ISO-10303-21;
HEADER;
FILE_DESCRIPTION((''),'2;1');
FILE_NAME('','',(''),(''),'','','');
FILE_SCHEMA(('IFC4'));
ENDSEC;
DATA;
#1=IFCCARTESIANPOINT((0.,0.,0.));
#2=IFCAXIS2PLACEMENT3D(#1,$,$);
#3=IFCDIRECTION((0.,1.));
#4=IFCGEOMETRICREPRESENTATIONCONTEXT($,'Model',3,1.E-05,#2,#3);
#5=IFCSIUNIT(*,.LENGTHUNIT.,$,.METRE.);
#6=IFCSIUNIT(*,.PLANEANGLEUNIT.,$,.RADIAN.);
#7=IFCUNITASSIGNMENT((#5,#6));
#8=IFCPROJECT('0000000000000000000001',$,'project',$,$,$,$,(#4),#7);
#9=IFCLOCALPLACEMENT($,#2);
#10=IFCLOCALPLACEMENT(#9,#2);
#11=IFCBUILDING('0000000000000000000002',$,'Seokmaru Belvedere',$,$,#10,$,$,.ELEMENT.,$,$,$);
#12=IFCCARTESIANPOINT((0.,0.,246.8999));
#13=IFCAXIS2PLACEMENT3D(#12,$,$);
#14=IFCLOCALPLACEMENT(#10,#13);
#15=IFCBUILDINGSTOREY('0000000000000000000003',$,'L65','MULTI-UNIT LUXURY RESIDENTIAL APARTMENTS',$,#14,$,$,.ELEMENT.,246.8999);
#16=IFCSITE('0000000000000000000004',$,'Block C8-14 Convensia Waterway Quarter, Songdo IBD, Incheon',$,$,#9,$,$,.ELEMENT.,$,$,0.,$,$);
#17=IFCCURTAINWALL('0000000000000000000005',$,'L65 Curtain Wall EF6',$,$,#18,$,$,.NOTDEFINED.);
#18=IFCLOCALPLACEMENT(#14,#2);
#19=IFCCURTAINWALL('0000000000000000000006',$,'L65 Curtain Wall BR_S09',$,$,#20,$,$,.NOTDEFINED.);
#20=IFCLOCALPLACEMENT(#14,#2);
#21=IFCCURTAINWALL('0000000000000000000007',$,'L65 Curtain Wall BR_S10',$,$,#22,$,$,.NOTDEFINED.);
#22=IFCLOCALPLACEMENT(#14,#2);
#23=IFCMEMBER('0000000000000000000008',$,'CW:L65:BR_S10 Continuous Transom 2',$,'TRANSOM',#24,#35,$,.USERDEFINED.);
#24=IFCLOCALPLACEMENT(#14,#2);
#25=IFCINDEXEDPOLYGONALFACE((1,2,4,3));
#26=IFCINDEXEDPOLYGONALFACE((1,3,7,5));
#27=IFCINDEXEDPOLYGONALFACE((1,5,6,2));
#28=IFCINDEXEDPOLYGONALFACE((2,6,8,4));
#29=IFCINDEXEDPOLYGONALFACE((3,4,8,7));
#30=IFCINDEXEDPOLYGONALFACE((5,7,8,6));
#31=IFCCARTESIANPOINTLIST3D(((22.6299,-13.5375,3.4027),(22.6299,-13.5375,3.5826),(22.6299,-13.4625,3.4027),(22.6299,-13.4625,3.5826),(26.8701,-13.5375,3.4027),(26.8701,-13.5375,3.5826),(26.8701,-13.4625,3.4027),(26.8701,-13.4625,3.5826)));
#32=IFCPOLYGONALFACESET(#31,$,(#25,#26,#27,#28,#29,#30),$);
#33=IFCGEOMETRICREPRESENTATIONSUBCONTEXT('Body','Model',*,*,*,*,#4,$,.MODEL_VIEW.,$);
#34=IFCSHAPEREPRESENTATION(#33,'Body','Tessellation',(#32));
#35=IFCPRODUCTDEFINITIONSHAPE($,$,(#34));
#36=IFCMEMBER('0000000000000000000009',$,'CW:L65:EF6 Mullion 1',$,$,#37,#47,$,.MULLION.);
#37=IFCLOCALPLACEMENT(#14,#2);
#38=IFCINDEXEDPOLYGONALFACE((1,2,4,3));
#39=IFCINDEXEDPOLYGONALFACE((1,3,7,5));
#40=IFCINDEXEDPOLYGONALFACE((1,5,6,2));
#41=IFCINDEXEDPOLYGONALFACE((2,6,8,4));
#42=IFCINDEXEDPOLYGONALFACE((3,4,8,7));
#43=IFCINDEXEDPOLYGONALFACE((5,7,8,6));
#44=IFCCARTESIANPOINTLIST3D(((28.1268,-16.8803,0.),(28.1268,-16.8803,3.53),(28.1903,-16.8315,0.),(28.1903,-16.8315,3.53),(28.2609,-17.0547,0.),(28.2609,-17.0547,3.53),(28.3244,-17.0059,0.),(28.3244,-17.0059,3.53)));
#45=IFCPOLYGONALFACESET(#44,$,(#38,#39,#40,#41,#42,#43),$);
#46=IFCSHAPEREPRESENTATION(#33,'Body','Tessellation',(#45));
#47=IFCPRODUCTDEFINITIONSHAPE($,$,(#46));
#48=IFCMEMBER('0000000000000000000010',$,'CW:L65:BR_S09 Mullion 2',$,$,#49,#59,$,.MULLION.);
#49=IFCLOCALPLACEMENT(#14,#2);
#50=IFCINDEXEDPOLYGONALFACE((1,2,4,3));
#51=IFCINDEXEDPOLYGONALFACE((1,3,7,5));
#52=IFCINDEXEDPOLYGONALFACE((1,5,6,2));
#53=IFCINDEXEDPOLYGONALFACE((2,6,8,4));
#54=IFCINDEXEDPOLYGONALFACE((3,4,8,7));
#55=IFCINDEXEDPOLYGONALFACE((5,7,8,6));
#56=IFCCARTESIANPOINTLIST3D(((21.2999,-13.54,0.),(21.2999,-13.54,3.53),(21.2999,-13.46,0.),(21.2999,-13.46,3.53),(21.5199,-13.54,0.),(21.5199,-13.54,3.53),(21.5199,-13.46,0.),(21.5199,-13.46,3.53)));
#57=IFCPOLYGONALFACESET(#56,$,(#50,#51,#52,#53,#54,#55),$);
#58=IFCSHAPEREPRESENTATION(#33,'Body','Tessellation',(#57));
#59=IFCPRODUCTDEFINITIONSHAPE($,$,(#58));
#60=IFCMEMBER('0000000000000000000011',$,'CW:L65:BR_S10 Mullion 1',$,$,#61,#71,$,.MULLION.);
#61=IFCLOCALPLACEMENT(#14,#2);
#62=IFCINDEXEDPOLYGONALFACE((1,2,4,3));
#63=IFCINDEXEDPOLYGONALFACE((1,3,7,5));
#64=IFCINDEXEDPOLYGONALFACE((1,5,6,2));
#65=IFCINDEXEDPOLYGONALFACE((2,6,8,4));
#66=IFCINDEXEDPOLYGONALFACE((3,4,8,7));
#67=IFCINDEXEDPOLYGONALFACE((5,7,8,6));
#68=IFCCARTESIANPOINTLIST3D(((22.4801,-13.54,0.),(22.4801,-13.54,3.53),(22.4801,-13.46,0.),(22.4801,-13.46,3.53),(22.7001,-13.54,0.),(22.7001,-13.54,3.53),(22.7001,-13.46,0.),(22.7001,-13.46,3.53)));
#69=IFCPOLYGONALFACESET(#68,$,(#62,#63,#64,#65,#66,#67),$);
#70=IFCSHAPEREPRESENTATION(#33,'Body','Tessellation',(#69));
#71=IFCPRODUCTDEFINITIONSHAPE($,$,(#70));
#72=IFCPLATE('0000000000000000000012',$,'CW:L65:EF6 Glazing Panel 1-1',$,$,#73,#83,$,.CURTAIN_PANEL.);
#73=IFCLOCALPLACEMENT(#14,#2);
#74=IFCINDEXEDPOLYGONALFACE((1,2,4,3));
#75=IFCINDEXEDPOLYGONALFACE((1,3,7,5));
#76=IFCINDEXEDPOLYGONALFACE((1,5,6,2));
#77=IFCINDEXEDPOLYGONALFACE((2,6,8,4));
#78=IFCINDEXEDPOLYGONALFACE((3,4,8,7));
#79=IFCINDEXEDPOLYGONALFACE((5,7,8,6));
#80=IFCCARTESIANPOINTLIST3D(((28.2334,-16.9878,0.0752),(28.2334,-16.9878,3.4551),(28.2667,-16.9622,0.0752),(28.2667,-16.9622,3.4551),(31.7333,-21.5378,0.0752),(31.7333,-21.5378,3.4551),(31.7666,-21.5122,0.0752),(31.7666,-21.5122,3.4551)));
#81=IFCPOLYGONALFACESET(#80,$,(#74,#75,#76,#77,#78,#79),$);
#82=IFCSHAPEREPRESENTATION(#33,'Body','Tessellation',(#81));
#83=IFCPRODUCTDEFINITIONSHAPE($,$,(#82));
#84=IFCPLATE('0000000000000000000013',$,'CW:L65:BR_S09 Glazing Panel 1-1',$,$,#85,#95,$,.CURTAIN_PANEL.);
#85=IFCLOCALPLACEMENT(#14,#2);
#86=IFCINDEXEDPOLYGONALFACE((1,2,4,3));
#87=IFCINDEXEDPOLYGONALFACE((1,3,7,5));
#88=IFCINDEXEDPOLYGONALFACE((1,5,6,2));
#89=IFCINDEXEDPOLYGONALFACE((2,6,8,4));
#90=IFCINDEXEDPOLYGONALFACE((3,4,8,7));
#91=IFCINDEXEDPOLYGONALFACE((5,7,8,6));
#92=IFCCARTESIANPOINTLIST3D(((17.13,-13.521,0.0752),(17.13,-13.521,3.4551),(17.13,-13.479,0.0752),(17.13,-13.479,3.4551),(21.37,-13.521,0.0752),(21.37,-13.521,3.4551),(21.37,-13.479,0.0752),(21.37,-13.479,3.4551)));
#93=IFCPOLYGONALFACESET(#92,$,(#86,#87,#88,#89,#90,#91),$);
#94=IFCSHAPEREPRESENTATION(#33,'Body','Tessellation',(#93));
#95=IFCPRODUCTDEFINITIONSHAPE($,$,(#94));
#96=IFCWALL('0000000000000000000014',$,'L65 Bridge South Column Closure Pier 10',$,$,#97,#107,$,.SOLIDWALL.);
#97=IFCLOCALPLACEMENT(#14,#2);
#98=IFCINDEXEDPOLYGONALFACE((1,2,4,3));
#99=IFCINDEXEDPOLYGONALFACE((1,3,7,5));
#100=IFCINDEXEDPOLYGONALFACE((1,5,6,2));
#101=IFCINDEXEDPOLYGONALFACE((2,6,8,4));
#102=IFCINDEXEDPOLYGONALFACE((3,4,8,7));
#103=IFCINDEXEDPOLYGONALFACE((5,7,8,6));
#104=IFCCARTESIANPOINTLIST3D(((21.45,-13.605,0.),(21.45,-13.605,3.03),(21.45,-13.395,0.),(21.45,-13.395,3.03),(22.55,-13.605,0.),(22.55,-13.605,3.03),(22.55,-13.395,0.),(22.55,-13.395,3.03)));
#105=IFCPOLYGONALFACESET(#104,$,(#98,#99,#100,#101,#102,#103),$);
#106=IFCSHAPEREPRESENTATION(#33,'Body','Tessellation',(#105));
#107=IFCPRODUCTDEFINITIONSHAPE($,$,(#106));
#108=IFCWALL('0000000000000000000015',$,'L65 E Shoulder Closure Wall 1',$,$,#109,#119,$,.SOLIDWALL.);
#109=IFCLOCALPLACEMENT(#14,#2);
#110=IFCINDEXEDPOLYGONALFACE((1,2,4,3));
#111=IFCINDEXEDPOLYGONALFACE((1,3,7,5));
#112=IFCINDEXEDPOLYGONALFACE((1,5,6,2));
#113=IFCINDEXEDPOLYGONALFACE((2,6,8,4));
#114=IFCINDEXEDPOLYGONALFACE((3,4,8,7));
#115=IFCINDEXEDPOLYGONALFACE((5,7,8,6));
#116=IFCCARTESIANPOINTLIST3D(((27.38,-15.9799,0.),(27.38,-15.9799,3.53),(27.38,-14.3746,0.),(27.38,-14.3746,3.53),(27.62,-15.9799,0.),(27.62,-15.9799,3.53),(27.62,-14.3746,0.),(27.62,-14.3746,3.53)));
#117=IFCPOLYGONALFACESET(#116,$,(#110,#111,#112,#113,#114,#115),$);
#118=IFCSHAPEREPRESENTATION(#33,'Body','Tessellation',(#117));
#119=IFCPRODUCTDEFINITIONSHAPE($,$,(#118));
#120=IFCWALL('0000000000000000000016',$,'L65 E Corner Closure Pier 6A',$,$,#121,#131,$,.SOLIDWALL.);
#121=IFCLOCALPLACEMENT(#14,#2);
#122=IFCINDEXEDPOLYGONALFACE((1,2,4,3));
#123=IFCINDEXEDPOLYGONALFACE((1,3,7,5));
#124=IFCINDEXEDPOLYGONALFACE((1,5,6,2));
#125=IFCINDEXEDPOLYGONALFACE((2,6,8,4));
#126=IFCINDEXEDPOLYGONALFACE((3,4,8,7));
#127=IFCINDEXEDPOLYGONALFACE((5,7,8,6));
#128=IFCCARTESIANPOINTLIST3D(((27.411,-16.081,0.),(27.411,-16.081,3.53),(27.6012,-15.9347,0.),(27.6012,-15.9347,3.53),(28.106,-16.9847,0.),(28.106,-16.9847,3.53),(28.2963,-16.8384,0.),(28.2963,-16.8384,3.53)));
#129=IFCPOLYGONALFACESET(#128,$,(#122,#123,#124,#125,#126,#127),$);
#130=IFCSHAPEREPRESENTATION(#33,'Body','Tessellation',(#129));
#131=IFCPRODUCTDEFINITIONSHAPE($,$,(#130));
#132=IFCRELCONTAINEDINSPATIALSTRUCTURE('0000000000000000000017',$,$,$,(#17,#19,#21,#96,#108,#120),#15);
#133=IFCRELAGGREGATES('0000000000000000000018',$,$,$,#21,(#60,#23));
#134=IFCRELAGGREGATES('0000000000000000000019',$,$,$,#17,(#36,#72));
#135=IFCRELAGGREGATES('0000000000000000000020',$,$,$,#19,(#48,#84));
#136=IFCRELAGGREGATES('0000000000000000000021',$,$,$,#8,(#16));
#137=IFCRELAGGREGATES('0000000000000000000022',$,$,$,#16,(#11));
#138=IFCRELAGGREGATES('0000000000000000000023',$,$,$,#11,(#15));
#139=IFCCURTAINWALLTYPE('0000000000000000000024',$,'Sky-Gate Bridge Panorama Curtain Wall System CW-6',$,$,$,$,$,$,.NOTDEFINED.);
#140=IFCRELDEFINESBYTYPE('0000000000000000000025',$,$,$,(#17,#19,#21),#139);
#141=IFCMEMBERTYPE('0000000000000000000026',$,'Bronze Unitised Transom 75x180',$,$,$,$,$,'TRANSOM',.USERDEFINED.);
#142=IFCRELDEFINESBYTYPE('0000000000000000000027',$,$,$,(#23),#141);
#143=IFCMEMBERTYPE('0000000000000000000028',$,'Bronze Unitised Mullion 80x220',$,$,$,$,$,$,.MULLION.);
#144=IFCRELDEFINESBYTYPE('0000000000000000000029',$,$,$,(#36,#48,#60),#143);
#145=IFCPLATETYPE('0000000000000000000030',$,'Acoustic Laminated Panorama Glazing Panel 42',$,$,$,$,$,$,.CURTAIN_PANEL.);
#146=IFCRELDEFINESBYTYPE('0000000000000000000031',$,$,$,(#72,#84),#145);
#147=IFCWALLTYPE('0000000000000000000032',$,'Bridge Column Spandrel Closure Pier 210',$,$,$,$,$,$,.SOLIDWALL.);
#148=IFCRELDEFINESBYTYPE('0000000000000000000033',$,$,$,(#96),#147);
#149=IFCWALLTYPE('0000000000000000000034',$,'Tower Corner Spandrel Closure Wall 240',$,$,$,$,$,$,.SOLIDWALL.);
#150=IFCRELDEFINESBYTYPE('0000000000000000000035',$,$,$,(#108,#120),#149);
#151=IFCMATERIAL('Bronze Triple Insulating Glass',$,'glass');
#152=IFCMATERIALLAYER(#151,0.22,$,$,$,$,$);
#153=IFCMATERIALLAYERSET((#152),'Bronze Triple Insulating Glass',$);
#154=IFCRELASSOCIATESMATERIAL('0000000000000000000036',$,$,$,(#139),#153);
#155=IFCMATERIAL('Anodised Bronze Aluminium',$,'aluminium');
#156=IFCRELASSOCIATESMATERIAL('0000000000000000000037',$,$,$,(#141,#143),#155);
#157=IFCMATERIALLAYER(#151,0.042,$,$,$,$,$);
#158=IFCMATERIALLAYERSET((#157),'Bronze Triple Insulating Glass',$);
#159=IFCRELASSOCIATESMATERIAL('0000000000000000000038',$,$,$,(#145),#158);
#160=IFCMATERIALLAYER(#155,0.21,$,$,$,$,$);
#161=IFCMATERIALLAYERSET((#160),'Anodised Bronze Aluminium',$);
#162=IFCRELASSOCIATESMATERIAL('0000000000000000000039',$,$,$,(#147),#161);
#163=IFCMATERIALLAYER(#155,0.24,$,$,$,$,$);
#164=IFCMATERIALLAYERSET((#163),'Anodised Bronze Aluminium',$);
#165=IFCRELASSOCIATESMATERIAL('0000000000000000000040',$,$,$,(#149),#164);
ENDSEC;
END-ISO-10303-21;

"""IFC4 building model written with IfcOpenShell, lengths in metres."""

from ifc_helpers import new_model, si_unit, direction, frame, frame_2d, origin, origin_2d, place, context, subcontext, project, spatial, rectangle, extrude, source, transform, mapped, material, layer, layer_set, material_profile, profile_set, type_object, type_shapes, element, aggregate, save


model = new_model("IFC4")

# Units and contexts
model_context = context("Model", 3, precision=1e-05, world=origin(), true_north=direction((0.0, 1.0)))
body_context = subcontext(model_context, "Body", "Model", "MODEL_VIEW")
ifc_project = project(units=[si_unit("LENGTHUNIT", "METRE"), si_unit("PLANEANGLEUNIT", "RADIAN")], contexts=[model_context])

# Site, building, storey
site_placement = place(None, origin())
site = spatial("IfcSite", under=ifc_project, at=site_placement, Name="Block C8-14 Convensia Waterway Quarter, Songdo IBD, Incheon", CompositionType="ELEMENT", RefElevation=0.0)
building_placement = place(site_placement, origin())
building = spatial("IfcBuilding", under=site, at=building_placement, Name="Seokmaru Belvedere", CompositionType="ELEMENT")
storey_placement = place(building_placement, frame((0.0, 0.0, 246.8999)))
storey = spatial("IfcBuildingStorey", under=building, at=storey_placement, Name="L65", Description="MULTI-UNIT LUXURY RESIDENTIAL APARTMENTS", CompositionType="ELEMENT", Elevation=246.8999)

# Curtain walls, member
ifc_material_1 = material(Name="Bronze Triple Insulating Glass", Category="glass")
ifc_layer_1 = layer(ifc_material_1, 0.22)
ifc_layer_set_1 = layer_set([ifc_layer_1], Name="Bronze Triple Insulating Glass")
curtain_wall_type = type_object("IfcCurtainWallType", Name="Sky-Gate Bridge Panorama Curtain Wall System CW-6", PredefinedType="NOTDEFINED", material=ifc_layer_set_1)
curtain_wall_1_placement = place(storey_placement, origin())
curtain_wall_1 = element("IfcCurtainWall", 1, at=curtain_wall_1_placement, inside=storey, type_object=curtain_wall_type, Name="L65 Curtain Wall EF6", PredefinedType="NOTDEFINED")
ifc_material_2 = material(Name="Anodised Bronze Aluminium", Category="aluminium")
ifc_material_profile_1 = material_profile(ifc_material_2, rectangle(XDim=0.075, YDim=0.1799, at=origin_2d()), Name="CW-T-75x180")
ifc_profile_set_1 = profile_set([ifc_material_profile_1], Name="Anodised Bronze Aluminium")
member_type_1 = type_object("IfcMemberType", Name="Bronze Unitised Transom 75x180", ElementType="TRANSOM", PredefinedType="USERDEFINED", material=ifc_profile_set_1)
curtain_wall_2_placement = place(storey_placement, origin())
curtain_wall_2 = element("IfcCurtainWall", 2, at=curtain_wall_2_placement, inside=storey, type_object=curtain_wall_type, Name="L65 Curtain Wall BR_S09", PredefinedType="NOTDEFINED")
shared_shape_1 = source(origin(), body_context, "Body", "SweptSolid", [
    extrude(rectangle(XDim=0.075, YDim=0.1799, at=origin_2d()), origin(), (0.0, 0.0, 1.0), 4.2402),
])
curtain_wall_3_placement = place(storey_placement, origin())
curtain_wall_3 = element("IfcCurtainWall", 3, at=curtain_wall_3_placement, inside=storey, type_object=curtain_wall_type, Name="L65 Curtain Wall BR_S10", PredefinedType="NOTDEFINED")
member_1_placement = place(storey_placement, frame((22.6299, -13.5, 3.4927), z_axis=(1.0, 0.0, 0.0), x_axis=(0.0, 1.0, 0.0)))
member_1 = element("IfcMember", 4, at=member_1_placement, type_object=member_type_1, Name="CW:L65:BR_S10 Continuous Transom 2", ObjectType="TRANSOM", PredefinedType="USERDEFINED", context=body_context, shape_type="MappedRepresentation", body=[
    mapped(shared_shape_1, transform((0.0, 0.0, 0.0), scale=1.0)),
])

# Members
ifc_material_profile_2 = material_profile(ifc_material_2, rectangle(XDim=0.0801, YDim=0.22, at=origin_2d()), Name="CW-M-80x220")
ifc_profile_set_2 = profile_set([ifc_material_profile_2], Name="Anodised Bronze Aluminium")
member_type_2 = type_object("IfcMemberType", Name="Bronze Unitised Mullion 80x220", PredefinedType="MULLION", material=ifc_profile_set_2)
shared_shape_2 = source(origin(), body_context, "Body", "SweptSolid", [
    extrude(rectangle(XDim=0.0801, YDim=0.22, at=origin_2d()), origin(), (0.0, 0.0, 1.0), 3.53),
])
type_shapes(member_type_2, [shared_shape_2])
member_2_placement = place(storey_placement, frame((28.2256, -16.9431, 0.0), z_axis=(0.0, 0.0, 1.0), x_axis=(0.792631, 0.609701, 0.0)))
member_2 = element("IfcMember", 5, at=member_2_placement, type_object=member_type_2, Name="CW:L65:EF6 Mullion 1", PredefinedType="MULLION", context=body_context, shape_type="MappedRepresentation", body=[
    mapped(shared_shape_2, transform((0.0, 0.0, 0.0), scale=1.0)),
])
member_3_placement = place(storey_placement, frame((21.4099, -13.5, 0.0), z_axis=(0.0, 0.0, 1.0), x_axis=(0.0, 1.0, 0.0)))
member_3 = element("IfcMember", 6, at=member_3_placement, type_object=member_type_2, Name="CW:L65:BR_S09 Mullion 2", PredefinedType="MULLION", context=body_context, shape_type="MappedRepresentation", body=[
    mapped(shared_shape_2, transform((0.0, 0.0, 0.0), scale=1.0)),
])
member_4_placement = place(storey_placement, frame((22.5901, -13.5, 0.0), z_axis=(0.0, 0.0, 1.0), x_axis=(0.0, 1.0, 0.0)))
member_4 = element("IfcMember", 7, at=member_4_placement, type_object=member_type_2, Name="CW:L65:BR_S10 Mullion 1", PredefinedType="MULLION", context=body_context, shape_type="MappedRepresentation", body=[
    mapped(shared_shape_2, transform((0.0, 0.0, 0.0), scale=1.0)),
])
aggregate(curtain_wall_3, [member_4, member_1])

# Plates
ifc_layer_2 = layer(ifc_material_1, 0.042)
ifc_layer_set_2 = layer_set([ifc_layer_2], Name="Bronze Triple Insulating Glass")
plate_type = type_object("IfcPlateType", Name="Acoustic Laminated Panorama Glazing Panel 42", PredefinedType="CURTAIN_PANEL", material=ifc_layer_set_2)
shared_shape_3 = source(origin(), body_context, "Body", "SweptSolid", [
    extrude(rectangle(XDim=5.7405, YDim=0.042, at=origin_2d()), origin(), (0.0, 0.0, 1.0), 3.3799),
])
plate_1_placement = place(storey_placement, frame((30.0, -19.25, 0.0752), z_axis=(0.0, 0.0, 1.0), x_axis=(0.609701, -0.792631, 0.0)))
plate_1 = element("IfcPlate", 8, at=plate_1_placement, type_object=plate_type, Name="CW:L65:EF6 Glazing Panel 1-1", PredefinedType="CURTAIN_PANEL", context=body_context, shape_type="MappedRepresentation", body=[
    mapped(shared_shape_3, transform((0.0, 0.0, 0.0), scale=1.0)),
])
aggregate(curtain_wall_1, [member_2, plate_1])
shared_shape_4 = source(origin(), body_context, "Body", "SweptSolid", [
    extrude(rectangle(XDim=4.24, YDim=0.042, at=origin_2d()), origin(), (0.0, 0.0, 1.0), 3.3799),
])
type_shapes(plate_type, [shared_shape_3, shared_shape_4])
plate_2_placement = place(storey_placement, frame((19.25, -13.5, 0.0752), z_axis=(0.0, 0.0, 1.0), x_axis=(1.0, 0.0, 0.0)))
plate_2 = element("IfcPlate", 9, at=plate_2_placement, type_object=plate_type, Name="CW:L65:BR_S09 Glazing Panel 1-1", PredefinedType="CURTAIN_PANEL", context=body_context, shape_type="MappedRepresentation", body=[
    mapped(shared_shape_4, transform((0.0, 0.0, 0.0), scale=1.0)),
])
aggregate(curtain_wall_2, [member_3, plate_2])

# Walls
ifc_layer_3 = layer(ifc_material_2, 0.21)
ifc_layer_set_3 = layer_set([ifc_layer_3], Name="Anodised Bronze Aluminium")
wall_type_1 = type_object("IfcWallType", Name="Bridge Column Spandrel Closure Pier 210", PredefinedType="SOLIDWALL", material=ifc_layer_set_3)
wall_1_placement = place(storey_placement, frame((21.45, -13.5, 0.0), z_axis=(0.0, 0.0, 1.0), x_axis=(1.0, 0.0, 0.0)))
element("IfcWall", 10, at=wall_1_placement, inside=storey, type_object=wall_type_1, Name="L65 Bridge South Column Closure Pier 10", PredefinedType="SOLIDWALL", context=body_context, shape_type="SweptSolid", body=[
    extrude(rectangle(XDim=1.1001, YDim=0.21, at=frame_2d((0.55, 0.0))), origin(), (0.0, 0.0, 1.0), 3.03),
])
ifc_layer_4 = layer(ifc_material_2, 0.24)
ifc_layer_set_4 = layer_set([ifc_layer_4], Name="Anodised Bronze Aluminium")
wall_type_2 = type_object("IfcWallType", Name="Tower Corner Spandrel Closure Wall 240", PredefinedType="SOLIDWALL", material=ifc_layer_set_4)
wall_2_placement = place(storey_placement, frame((27.5, -15.98, 0.0), z_axis=(0.0, 0.0, 1.0), x_axis=(0.0, 1.0, 0.0)))
element("IfcWall", 11, at=wall_2_placement, inside=storey, type_object=wall_type_2, Name="L65 E Shoulder Closure Wall 1", PredefinedType="SOLIDWALL", context=body_context, shape_type="SweptSolid", body=[
    extrude(rectangle(XDim=1.6052, YDim=0.24, at=frame_2d((0.8027, 0.0))), origin(), (0.0, 0.0, 1.0), 3.53),
])
wall_3_placement = place(storey_placement, frame((27.5061, -16.0078, 0.0), z_axis=(0.0, 0.0, 1.0), x_axis=(0.609618, -0.792696, 0.0)))
element("IfcWall", 12, at=wall_3_placement, inside=storey, type_object=wall_type_2, Name="L65 E Corner Closure Pier 6A", PredefinedType="SOLIDWALL", context=body_context, shape_type="SweptSolid", body=[
    extrude(rectangle(XDim=1.1401, YDim=0.24, at=frame_2d((0.5701, 0.0))), origin(), (0.0, 0.0, 1.0), 3.53),
])

save(model, "model.ifc")
